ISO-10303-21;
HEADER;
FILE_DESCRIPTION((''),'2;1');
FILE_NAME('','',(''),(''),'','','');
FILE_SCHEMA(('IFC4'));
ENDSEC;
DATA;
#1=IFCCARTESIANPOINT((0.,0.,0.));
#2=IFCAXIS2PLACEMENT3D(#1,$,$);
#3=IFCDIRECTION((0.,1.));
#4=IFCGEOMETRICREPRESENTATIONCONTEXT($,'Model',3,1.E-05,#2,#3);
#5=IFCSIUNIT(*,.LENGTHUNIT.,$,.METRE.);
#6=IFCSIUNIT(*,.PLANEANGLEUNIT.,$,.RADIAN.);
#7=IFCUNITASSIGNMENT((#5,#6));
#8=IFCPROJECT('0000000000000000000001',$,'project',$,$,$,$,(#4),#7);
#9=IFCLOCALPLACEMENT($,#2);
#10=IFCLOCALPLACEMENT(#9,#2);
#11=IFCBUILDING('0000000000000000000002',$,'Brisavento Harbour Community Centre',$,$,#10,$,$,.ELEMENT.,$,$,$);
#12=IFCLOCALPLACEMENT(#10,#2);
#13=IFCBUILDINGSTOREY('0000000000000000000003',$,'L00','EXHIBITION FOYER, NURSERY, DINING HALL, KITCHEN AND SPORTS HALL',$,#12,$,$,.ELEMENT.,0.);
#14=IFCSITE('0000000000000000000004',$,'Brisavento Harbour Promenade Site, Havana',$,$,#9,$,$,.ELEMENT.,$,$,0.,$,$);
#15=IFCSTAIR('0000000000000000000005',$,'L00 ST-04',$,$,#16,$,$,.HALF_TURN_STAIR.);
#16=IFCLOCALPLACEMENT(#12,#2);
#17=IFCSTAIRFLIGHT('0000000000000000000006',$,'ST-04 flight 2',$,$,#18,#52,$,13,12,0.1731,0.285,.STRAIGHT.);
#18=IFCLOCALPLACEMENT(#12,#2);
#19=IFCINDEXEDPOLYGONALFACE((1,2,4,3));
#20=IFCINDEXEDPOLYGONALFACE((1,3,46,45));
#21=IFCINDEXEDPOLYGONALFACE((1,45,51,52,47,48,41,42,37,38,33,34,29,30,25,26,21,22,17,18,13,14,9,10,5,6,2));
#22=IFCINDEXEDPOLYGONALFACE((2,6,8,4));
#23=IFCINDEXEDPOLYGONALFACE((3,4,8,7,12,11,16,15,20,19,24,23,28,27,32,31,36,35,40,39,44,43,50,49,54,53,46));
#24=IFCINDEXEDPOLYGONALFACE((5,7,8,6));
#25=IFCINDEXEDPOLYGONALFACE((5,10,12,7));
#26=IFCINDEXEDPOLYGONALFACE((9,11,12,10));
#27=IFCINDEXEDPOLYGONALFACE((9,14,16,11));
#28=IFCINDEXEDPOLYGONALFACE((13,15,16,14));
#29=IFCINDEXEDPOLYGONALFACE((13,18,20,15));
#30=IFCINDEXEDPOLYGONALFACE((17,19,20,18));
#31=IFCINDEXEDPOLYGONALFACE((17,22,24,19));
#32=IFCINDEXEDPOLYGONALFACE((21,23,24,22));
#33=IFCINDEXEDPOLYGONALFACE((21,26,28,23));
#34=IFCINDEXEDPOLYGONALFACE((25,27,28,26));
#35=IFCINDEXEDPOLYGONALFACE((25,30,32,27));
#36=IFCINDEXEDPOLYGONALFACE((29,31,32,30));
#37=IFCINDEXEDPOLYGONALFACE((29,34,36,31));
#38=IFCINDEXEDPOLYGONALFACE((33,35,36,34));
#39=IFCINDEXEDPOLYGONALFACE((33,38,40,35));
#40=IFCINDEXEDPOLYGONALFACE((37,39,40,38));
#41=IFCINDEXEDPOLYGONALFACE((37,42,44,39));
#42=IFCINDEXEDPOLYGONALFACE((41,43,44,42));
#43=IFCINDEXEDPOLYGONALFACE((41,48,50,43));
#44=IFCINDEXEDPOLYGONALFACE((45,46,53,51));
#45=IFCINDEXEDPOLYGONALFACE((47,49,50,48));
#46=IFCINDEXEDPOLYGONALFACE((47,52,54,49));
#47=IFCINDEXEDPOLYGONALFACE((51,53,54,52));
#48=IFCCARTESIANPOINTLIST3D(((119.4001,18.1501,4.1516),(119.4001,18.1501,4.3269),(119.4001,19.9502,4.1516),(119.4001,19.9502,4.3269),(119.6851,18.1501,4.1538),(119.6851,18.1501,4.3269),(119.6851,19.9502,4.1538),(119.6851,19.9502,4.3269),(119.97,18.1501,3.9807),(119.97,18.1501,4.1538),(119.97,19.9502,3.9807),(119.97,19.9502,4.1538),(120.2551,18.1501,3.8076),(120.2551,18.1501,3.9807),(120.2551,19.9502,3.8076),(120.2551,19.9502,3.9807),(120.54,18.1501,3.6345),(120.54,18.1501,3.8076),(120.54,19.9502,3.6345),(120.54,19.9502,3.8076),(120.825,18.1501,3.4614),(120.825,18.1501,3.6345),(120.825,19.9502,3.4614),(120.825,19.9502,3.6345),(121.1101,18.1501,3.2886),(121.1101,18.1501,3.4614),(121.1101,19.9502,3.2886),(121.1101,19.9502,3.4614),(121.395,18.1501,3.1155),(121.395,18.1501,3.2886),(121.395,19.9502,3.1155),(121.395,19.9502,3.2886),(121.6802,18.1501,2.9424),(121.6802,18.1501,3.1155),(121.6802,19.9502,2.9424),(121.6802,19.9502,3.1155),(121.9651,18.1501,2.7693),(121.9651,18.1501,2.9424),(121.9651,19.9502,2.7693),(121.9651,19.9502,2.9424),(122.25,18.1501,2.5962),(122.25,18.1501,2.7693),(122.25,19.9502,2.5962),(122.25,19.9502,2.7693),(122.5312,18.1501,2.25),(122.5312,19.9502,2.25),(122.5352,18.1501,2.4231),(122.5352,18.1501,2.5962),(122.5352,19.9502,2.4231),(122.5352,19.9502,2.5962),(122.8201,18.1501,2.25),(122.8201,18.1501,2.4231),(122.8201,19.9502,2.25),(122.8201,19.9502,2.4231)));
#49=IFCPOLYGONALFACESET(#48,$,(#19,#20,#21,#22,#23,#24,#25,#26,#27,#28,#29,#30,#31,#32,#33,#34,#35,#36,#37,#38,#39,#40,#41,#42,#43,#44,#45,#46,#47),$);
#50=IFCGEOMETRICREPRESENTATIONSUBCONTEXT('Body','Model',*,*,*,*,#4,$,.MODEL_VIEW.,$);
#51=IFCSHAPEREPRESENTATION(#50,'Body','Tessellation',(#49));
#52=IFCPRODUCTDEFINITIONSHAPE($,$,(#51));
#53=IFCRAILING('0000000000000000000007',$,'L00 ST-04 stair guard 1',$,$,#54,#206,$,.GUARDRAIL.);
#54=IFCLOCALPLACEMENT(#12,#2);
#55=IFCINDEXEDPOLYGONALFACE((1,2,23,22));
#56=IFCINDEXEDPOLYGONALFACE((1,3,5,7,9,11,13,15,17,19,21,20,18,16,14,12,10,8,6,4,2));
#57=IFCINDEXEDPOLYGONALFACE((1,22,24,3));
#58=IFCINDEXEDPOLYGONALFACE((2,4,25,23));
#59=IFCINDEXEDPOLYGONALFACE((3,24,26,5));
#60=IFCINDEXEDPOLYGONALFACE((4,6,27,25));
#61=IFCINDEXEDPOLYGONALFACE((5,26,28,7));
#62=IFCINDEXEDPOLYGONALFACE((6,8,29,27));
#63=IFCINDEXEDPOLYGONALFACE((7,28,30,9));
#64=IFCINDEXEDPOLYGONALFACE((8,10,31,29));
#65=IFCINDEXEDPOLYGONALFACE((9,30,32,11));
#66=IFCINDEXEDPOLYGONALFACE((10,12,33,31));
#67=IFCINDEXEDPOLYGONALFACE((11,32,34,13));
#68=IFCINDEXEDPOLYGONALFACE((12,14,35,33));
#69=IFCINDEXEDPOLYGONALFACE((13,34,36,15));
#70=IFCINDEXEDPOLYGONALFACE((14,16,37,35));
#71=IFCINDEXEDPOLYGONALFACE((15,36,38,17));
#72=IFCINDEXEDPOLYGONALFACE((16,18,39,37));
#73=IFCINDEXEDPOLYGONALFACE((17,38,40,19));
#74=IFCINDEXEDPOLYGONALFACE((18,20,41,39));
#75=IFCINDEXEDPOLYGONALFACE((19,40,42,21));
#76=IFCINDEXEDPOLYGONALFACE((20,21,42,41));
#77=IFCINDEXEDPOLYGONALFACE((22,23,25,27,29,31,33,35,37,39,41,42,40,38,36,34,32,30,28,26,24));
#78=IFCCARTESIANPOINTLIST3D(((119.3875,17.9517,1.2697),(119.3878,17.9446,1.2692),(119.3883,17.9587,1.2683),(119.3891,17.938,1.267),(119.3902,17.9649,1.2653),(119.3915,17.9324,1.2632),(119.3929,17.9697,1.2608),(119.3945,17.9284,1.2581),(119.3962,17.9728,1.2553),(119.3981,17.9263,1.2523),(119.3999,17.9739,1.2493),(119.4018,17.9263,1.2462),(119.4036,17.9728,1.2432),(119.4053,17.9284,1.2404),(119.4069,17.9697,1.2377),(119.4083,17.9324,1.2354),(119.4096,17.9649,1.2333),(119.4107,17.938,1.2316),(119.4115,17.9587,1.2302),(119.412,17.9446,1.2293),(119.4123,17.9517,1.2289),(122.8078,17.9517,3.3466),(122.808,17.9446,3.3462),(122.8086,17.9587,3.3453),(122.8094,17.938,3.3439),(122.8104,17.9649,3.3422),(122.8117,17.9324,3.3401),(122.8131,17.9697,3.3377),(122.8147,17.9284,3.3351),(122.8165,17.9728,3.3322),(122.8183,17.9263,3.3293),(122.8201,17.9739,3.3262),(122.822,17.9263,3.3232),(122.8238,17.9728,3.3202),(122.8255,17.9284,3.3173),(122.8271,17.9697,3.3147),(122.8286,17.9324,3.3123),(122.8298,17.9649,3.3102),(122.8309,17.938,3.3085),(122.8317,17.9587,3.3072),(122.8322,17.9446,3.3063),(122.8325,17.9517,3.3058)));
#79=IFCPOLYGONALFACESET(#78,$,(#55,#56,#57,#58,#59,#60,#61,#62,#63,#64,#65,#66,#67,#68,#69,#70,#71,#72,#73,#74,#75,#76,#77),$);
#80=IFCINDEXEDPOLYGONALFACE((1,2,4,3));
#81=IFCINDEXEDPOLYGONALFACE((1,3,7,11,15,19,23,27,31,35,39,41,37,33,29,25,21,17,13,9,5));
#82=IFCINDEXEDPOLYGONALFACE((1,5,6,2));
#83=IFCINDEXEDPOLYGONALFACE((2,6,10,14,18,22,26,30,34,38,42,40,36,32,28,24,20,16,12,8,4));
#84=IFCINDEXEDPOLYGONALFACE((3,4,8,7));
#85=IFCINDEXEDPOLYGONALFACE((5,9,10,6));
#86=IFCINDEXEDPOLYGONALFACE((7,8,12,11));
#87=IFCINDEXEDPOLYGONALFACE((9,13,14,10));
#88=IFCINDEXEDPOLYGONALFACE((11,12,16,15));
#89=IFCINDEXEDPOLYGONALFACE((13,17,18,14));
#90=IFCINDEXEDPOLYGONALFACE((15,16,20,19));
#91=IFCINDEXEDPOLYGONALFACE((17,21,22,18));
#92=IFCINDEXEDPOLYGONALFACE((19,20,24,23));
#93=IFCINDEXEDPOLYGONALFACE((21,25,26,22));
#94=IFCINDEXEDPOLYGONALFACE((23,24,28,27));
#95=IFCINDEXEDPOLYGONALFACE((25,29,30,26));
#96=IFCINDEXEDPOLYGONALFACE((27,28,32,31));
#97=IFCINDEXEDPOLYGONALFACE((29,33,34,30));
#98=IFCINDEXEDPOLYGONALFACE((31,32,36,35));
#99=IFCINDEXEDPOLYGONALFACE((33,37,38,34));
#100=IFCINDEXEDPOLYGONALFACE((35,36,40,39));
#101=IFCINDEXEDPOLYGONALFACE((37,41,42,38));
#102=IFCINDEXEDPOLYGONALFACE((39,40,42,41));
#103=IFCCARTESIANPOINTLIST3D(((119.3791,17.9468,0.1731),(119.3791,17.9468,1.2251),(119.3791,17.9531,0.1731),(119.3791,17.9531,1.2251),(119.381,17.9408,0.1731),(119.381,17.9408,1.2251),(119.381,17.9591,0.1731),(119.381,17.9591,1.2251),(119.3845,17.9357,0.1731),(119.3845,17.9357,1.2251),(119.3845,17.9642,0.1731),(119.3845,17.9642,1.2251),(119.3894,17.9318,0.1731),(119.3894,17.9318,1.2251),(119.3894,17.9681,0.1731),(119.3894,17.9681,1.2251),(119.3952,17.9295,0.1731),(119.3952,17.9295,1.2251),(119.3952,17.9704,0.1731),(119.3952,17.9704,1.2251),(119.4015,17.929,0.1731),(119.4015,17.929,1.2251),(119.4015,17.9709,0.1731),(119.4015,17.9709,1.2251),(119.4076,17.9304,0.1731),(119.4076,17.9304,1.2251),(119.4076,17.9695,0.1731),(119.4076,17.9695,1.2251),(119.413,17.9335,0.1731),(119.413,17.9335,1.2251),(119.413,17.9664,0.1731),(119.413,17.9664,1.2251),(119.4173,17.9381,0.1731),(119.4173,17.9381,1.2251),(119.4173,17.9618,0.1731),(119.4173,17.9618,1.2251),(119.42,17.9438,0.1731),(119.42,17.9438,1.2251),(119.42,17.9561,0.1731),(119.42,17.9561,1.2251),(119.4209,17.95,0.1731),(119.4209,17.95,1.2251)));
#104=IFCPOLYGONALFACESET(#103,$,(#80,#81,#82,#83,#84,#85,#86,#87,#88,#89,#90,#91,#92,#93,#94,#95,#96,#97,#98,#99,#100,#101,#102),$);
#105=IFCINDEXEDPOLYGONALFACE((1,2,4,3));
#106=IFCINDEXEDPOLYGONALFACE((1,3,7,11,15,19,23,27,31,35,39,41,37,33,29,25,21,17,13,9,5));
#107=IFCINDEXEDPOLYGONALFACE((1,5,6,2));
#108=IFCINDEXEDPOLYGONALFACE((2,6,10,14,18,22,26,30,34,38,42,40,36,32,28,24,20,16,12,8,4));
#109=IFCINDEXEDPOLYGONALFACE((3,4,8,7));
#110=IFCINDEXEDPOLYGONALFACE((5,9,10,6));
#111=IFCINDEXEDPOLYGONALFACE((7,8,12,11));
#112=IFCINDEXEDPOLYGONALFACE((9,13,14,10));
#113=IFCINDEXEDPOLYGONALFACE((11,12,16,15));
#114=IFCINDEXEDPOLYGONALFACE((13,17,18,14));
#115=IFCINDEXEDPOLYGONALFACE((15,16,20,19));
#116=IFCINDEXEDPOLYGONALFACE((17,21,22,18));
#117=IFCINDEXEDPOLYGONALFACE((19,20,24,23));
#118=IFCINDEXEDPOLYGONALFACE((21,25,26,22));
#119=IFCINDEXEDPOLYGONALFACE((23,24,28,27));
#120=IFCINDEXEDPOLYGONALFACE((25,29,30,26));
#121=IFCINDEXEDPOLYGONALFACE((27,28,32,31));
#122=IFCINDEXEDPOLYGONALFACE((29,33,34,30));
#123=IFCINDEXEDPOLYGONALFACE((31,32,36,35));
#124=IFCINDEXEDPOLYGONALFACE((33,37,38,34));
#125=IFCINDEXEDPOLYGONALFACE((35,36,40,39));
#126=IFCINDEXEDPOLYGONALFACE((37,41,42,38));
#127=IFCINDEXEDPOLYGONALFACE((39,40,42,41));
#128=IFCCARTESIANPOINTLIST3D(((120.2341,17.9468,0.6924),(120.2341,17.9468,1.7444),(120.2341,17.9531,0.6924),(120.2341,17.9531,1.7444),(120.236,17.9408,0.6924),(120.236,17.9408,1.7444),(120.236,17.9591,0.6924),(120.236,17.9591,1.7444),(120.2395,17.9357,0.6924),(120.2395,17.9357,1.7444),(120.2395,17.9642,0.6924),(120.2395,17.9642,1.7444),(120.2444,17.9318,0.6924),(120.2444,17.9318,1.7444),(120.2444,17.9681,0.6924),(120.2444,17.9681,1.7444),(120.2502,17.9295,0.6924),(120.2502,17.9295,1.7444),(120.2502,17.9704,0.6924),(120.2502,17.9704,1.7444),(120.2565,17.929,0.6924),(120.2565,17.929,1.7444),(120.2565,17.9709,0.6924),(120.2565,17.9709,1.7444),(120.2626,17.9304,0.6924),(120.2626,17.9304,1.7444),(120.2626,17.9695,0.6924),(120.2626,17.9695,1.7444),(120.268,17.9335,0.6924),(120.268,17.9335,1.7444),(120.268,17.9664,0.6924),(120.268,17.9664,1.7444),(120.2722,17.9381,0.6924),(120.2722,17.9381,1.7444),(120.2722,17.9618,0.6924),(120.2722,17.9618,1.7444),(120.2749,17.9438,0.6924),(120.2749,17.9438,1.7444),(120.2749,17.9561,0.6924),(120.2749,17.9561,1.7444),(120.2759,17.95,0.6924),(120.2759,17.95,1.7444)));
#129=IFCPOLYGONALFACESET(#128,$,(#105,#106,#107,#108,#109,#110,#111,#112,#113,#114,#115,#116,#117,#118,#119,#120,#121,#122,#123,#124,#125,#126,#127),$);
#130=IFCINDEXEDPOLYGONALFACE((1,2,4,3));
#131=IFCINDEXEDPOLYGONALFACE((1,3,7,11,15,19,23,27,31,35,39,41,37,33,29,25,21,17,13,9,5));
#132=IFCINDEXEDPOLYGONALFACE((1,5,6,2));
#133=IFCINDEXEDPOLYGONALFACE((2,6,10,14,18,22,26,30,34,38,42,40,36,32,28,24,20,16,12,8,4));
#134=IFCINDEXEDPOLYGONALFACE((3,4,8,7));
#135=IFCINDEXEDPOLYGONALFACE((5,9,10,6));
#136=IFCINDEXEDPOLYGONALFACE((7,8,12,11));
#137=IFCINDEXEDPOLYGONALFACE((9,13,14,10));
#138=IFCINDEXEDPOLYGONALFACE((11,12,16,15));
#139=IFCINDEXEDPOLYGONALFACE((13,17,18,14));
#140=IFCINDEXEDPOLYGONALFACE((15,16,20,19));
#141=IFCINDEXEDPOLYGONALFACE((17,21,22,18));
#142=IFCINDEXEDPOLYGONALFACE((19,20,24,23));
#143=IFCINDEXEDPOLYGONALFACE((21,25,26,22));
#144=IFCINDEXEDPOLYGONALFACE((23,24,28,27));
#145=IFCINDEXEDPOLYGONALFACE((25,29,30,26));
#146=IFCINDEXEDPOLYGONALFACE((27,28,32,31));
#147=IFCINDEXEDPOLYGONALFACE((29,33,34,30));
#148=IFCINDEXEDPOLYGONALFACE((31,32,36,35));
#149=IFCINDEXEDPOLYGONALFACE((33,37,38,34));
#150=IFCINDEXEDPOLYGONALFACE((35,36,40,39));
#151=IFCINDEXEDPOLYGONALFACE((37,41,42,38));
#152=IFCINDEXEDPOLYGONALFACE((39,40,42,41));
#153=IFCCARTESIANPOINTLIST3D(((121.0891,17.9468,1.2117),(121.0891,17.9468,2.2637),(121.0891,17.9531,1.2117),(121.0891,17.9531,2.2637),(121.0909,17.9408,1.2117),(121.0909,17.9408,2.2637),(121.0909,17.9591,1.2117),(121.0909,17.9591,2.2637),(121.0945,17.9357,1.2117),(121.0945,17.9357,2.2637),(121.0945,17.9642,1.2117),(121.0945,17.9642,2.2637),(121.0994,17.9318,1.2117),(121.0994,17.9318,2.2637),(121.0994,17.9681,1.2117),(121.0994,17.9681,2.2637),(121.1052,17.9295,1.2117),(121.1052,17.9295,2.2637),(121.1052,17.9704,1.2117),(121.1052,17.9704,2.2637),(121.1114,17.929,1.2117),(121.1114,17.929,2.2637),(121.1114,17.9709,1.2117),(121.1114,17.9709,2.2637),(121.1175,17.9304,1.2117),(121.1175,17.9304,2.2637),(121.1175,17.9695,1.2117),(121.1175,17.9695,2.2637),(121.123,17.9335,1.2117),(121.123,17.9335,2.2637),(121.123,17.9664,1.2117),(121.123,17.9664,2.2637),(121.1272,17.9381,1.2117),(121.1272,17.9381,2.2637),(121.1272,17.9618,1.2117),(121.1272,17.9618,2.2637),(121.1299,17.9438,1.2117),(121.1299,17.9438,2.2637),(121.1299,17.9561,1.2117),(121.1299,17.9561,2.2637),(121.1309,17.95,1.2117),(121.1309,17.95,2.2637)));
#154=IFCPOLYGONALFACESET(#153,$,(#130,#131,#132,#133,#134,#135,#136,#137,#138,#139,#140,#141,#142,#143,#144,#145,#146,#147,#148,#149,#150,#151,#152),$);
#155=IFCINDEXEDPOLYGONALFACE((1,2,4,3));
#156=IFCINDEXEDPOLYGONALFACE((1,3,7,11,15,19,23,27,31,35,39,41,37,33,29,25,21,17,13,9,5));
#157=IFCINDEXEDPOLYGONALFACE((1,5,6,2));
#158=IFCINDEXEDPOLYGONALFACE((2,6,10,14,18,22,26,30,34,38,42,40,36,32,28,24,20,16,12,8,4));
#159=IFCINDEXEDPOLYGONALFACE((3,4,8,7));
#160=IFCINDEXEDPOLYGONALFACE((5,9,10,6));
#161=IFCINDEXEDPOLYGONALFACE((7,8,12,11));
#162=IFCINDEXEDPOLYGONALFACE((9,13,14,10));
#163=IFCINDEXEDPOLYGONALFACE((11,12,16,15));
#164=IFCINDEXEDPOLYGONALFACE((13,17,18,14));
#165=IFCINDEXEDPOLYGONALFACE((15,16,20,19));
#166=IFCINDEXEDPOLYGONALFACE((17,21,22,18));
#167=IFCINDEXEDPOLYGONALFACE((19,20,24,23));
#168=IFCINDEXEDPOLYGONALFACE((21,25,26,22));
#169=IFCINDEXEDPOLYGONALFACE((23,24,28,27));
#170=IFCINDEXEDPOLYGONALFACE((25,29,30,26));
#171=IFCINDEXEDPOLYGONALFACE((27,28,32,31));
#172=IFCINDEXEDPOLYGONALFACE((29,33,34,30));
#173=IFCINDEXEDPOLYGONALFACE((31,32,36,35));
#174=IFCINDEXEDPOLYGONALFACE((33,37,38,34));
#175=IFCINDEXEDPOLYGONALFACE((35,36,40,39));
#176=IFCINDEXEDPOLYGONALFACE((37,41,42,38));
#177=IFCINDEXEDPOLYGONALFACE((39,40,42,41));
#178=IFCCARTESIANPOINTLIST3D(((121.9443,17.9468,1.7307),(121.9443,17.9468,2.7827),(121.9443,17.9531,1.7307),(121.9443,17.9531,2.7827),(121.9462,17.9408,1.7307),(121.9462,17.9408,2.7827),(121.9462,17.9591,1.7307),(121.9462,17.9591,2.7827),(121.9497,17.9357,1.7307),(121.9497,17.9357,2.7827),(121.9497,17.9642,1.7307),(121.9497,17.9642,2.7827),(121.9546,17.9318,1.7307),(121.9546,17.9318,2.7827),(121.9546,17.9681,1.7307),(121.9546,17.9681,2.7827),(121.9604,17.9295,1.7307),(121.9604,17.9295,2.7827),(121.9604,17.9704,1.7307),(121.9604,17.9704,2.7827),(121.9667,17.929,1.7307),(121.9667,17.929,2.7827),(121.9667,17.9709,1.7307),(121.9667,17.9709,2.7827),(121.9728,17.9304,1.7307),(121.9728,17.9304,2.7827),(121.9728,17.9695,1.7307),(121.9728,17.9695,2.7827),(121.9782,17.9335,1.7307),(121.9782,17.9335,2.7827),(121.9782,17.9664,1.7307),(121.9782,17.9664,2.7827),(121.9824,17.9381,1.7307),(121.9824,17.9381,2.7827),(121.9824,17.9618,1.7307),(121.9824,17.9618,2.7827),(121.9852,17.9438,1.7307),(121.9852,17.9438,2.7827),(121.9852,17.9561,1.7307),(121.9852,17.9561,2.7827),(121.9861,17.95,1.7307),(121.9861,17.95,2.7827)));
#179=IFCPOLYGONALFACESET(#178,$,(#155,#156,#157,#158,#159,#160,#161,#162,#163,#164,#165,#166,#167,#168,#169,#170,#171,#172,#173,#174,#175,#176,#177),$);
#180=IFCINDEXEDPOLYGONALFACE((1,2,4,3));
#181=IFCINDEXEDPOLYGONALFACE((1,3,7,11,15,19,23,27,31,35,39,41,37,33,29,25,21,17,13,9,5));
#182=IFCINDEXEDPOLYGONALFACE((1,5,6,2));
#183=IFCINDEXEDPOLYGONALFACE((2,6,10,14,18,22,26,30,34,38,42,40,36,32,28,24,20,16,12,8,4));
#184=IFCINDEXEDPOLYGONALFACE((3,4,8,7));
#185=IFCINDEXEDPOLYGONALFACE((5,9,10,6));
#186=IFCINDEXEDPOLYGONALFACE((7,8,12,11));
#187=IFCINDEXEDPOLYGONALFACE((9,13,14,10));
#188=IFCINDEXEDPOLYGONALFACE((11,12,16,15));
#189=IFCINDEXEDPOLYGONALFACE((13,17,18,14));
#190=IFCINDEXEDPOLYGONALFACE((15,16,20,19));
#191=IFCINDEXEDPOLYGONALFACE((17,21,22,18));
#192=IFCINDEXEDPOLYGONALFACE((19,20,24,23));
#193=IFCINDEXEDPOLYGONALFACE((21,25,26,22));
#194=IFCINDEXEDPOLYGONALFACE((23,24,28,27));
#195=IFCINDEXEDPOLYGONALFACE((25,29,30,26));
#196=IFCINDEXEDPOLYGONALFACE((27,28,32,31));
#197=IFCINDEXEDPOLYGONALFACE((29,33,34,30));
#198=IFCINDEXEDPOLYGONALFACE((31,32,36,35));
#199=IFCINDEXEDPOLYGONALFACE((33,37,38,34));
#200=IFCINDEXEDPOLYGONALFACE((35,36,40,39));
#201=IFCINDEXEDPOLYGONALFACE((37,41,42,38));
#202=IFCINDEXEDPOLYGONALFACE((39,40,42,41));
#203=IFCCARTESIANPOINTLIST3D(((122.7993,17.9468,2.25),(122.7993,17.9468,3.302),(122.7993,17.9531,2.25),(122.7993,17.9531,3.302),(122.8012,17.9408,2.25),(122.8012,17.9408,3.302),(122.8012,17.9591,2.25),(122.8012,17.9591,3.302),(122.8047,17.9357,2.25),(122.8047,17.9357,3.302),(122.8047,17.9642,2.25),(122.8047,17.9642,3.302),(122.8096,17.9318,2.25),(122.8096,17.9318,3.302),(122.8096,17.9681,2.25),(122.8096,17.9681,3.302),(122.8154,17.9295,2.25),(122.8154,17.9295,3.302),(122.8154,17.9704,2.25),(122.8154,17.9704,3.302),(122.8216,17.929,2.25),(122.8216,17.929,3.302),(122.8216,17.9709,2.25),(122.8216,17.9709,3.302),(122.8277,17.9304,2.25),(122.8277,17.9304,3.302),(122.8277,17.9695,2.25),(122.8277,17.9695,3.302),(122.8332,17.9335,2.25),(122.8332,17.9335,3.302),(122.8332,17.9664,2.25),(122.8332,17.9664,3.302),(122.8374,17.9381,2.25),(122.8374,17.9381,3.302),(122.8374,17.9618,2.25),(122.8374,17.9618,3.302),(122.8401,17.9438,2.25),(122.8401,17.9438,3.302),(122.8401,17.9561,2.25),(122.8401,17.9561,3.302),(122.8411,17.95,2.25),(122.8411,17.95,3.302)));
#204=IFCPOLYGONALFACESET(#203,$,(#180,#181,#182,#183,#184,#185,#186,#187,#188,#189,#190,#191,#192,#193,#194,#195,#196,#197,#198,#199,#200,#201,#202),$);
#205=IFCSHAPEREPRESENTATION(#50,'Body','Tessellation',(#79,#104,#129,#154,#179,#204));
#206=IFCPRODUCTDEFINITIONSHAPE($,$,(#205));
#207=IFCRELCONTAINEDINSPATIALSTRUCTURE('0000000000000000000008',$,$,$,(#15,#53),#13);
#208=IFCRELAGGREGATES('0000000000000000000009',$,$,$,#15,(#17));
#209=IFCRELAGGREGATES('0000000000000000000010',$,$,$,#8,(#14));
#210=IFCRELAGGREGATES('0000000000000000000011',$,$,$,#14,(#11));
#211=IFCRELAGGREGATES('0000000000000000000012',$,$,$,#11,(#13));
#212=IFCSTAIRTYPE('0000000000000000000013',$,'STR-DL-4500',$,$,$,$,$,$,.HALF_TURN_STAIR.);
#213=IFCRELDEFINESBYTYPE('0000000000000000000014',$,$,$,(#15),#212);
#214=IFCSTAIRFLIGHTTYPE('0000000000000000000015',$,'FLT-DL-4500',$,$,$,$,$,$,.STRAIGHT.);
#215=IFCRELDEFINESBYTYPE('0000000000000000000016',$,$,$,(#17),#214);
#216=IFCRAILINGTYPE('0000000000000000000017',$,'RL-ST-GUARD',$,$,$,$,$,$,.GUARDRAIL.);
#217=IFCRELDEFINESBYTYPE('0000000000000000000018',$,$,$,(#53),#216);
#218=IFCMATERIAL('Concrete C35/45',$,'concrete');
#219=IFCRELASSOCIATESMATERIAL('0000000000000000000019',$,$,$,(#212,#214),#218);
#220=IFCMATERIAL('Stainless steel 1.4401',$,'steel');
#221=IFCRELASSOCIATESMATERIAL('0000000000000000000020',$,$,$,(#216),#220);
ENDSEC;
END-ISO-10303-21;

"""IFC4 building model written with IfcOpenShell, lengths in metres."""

from ifc_helpers import new_model, si_unit, direction, frame, origin, origin_2d, place, context, subcontext, project, spatial, polyline, circle, outline, extrude, material, type_object, element, aggregate, save


model = new_model("IFC4")

# Units and contexts
model_context = context("Model", 3, precision=1e-05, world=origin(), true_north=direction((0.0, 1.0)))
body_context = subcontext(model_context, "Body", "Model", "MODEL_VIEW")
ifc_project = project(units=[si_unit("LENGTHUNIT", "METRE"), si_unit("PLANEANGLEUNIT", "RADIAN")], contexts=[model_context])

# Site, building, storey
site_placement = place(None, origin())
site = spatial("IfcSite", under=ifc_project, at=site_placement, Name="Brisavento Harbour Promenade Site, Havana", CompositionType="ELEMENT", RefElevation=0.0)
building_placement = place(site_placement, origin())
building = spatial("IfcBuilding", under=site, at=building_placement, Name="Brisavento Harbour Community Centre", CompositionType="ELEMENT")
storey_placement = place(building_placement, origin())
storey = spatial("IfcBuildingStorey", under=building, at=storey_placement, Name="L00", Description="EXHIBITION FOYER, NURSERY, DINING HALL, KITCHEN AND SPORTS HALL", CompositionType="ELEMENT", Elevation=0.0)

# Shared definitions
ifc_material_1 = material(Name="Concrete C35/45", Category="concrete")

# Stair, stair flight
stair_type = type_object("IfcStairType", Name="STR-DL-4500", PredefinedType="HALF_TURN_STAIR", material=ifc_material_1)
stair_placement = place(storey_placement, origin())
stair = element("IfcStair", 1, at=stair_placement, inside=storey, type_object=stair_type, Name="L00 ST-04", PredefinedType="HALF_TURN_STAIR")
stair_flight_type = type_object("IfcStairFlightType", Name="FLT-DL-4500", PredefinedType="STRAIGHT", material=ifc_material_1)
stair_flight_1_placement = place(storey_placement, frame((122.8201, 19.05, 2.25), z_axis=(0.0, 0.0, 1.0), x_axis=(-1.0, 0.0, 0.0)))
stair_flight_1 = element("IfcStairFlight", 2, at=stair_flight_1_placement, type_object=stair_flight_type, Name="ST-04 flight 2", NumberOfRisers=13, NumberOfTreads=12, PredefinedType="STRAIGHT", RiserHeight=0.1731, TreadLength=0.285, context=body_context, shape_type="SweptSolid", body=[
    extrude(outline(polyline([(0.0, 0.0), (0.0, 0.1731), (0.2849, 0.1731), (0.2849, 0.3462), (0.5701, 0.3462), (0.5701, 0.5193), (0.855, 0.5193), (0.855, 0.6924), (1.1399, 0.6924), (1.1399, 0.8655), (1.425, 0.8655), (1.425, 1.0386), (1.71, 1.0386), (1.71, 1.2114), (1.9951, 1.2114), (1.9951, 1.3845), (2.28, 1.3845), (2.28, 1.5576), (2.5649, 1.5576), (2.5649, 1.7307), (2.8501, 1.7307), (2.8501, 1.9038), (3.135, 1.9038), (3.135, 2.0769), (3.4199, 2.0769), (3.4199, 2.25), (3.4199, 1.9016), (0.2888, 0.0), (0.0, 0.0)])), frame((0.0, 0.8999, 0.0), z_axis=(0.0, -1.0, 0.0), x_axis=(1.0, 0.0, 0.0)), (0.0, 0.0, 1.0), 1.8),
])
aggregate(stair, [stair_flight_1])

# Railing
ifc_material_2 = material(Name="Stainless steel 1.4401", Category="steel")
railing_type_1 = type_object("IfcRailingType", Name="RL-ST-GUARD", PredefinedType="GUARDRAIL", material=ifc_material_2)
railing_1_placement = place(storey_placement, frame((119.3999, 17.95, 0.1731)))
element("IfcRailing", 3, at=railing_1_placement, inside=storey, type_object=railing_type_1, Name="L00 ST-04 stair guard 1", PredefinedType="GUARDRAIL", context=body_context, shape_type="SweptSolid", body=[
    extrude(circle(Radius=0.0239, at=origin_2d()), frame((0.0, 0.0, 1.0762), z_axis=(0.854746, 0.0, 0.519047), x_axis=(0.0, 1.0, 0.0)), (0.0, 0.0, 1.0), 4.0015),
    extrude(circle(Radius=0.021, at=origin_2d()), origin(), (0.0, 0.0, 1.0), 1.052),
    extrude(circle(Radius=0.021, at=origin_2d()), frame((0.855, 0.0, 0.5193)), (0.0, 0.0, 1.0), 1.052),
    extrude(circle(Radius=0.021, at=origin_2d()), frame((1.71, 0.0, 1.0386)), (0.0, 0.0, 1.0), 1.052),
    extrude(circle(Radius=0.021, at=origin_2d()), frame((2.5652, 0.0, 1.5576)), (0.0, 0.0, 1.0), 1.052),
    extrude(circle(Radius=0.021, at=origin_2d()), frame((3.4202, 0.0, 2.0769)), (0.0, 0.0, 1.0), 1.052),
])

save(model, "model.ifc")
